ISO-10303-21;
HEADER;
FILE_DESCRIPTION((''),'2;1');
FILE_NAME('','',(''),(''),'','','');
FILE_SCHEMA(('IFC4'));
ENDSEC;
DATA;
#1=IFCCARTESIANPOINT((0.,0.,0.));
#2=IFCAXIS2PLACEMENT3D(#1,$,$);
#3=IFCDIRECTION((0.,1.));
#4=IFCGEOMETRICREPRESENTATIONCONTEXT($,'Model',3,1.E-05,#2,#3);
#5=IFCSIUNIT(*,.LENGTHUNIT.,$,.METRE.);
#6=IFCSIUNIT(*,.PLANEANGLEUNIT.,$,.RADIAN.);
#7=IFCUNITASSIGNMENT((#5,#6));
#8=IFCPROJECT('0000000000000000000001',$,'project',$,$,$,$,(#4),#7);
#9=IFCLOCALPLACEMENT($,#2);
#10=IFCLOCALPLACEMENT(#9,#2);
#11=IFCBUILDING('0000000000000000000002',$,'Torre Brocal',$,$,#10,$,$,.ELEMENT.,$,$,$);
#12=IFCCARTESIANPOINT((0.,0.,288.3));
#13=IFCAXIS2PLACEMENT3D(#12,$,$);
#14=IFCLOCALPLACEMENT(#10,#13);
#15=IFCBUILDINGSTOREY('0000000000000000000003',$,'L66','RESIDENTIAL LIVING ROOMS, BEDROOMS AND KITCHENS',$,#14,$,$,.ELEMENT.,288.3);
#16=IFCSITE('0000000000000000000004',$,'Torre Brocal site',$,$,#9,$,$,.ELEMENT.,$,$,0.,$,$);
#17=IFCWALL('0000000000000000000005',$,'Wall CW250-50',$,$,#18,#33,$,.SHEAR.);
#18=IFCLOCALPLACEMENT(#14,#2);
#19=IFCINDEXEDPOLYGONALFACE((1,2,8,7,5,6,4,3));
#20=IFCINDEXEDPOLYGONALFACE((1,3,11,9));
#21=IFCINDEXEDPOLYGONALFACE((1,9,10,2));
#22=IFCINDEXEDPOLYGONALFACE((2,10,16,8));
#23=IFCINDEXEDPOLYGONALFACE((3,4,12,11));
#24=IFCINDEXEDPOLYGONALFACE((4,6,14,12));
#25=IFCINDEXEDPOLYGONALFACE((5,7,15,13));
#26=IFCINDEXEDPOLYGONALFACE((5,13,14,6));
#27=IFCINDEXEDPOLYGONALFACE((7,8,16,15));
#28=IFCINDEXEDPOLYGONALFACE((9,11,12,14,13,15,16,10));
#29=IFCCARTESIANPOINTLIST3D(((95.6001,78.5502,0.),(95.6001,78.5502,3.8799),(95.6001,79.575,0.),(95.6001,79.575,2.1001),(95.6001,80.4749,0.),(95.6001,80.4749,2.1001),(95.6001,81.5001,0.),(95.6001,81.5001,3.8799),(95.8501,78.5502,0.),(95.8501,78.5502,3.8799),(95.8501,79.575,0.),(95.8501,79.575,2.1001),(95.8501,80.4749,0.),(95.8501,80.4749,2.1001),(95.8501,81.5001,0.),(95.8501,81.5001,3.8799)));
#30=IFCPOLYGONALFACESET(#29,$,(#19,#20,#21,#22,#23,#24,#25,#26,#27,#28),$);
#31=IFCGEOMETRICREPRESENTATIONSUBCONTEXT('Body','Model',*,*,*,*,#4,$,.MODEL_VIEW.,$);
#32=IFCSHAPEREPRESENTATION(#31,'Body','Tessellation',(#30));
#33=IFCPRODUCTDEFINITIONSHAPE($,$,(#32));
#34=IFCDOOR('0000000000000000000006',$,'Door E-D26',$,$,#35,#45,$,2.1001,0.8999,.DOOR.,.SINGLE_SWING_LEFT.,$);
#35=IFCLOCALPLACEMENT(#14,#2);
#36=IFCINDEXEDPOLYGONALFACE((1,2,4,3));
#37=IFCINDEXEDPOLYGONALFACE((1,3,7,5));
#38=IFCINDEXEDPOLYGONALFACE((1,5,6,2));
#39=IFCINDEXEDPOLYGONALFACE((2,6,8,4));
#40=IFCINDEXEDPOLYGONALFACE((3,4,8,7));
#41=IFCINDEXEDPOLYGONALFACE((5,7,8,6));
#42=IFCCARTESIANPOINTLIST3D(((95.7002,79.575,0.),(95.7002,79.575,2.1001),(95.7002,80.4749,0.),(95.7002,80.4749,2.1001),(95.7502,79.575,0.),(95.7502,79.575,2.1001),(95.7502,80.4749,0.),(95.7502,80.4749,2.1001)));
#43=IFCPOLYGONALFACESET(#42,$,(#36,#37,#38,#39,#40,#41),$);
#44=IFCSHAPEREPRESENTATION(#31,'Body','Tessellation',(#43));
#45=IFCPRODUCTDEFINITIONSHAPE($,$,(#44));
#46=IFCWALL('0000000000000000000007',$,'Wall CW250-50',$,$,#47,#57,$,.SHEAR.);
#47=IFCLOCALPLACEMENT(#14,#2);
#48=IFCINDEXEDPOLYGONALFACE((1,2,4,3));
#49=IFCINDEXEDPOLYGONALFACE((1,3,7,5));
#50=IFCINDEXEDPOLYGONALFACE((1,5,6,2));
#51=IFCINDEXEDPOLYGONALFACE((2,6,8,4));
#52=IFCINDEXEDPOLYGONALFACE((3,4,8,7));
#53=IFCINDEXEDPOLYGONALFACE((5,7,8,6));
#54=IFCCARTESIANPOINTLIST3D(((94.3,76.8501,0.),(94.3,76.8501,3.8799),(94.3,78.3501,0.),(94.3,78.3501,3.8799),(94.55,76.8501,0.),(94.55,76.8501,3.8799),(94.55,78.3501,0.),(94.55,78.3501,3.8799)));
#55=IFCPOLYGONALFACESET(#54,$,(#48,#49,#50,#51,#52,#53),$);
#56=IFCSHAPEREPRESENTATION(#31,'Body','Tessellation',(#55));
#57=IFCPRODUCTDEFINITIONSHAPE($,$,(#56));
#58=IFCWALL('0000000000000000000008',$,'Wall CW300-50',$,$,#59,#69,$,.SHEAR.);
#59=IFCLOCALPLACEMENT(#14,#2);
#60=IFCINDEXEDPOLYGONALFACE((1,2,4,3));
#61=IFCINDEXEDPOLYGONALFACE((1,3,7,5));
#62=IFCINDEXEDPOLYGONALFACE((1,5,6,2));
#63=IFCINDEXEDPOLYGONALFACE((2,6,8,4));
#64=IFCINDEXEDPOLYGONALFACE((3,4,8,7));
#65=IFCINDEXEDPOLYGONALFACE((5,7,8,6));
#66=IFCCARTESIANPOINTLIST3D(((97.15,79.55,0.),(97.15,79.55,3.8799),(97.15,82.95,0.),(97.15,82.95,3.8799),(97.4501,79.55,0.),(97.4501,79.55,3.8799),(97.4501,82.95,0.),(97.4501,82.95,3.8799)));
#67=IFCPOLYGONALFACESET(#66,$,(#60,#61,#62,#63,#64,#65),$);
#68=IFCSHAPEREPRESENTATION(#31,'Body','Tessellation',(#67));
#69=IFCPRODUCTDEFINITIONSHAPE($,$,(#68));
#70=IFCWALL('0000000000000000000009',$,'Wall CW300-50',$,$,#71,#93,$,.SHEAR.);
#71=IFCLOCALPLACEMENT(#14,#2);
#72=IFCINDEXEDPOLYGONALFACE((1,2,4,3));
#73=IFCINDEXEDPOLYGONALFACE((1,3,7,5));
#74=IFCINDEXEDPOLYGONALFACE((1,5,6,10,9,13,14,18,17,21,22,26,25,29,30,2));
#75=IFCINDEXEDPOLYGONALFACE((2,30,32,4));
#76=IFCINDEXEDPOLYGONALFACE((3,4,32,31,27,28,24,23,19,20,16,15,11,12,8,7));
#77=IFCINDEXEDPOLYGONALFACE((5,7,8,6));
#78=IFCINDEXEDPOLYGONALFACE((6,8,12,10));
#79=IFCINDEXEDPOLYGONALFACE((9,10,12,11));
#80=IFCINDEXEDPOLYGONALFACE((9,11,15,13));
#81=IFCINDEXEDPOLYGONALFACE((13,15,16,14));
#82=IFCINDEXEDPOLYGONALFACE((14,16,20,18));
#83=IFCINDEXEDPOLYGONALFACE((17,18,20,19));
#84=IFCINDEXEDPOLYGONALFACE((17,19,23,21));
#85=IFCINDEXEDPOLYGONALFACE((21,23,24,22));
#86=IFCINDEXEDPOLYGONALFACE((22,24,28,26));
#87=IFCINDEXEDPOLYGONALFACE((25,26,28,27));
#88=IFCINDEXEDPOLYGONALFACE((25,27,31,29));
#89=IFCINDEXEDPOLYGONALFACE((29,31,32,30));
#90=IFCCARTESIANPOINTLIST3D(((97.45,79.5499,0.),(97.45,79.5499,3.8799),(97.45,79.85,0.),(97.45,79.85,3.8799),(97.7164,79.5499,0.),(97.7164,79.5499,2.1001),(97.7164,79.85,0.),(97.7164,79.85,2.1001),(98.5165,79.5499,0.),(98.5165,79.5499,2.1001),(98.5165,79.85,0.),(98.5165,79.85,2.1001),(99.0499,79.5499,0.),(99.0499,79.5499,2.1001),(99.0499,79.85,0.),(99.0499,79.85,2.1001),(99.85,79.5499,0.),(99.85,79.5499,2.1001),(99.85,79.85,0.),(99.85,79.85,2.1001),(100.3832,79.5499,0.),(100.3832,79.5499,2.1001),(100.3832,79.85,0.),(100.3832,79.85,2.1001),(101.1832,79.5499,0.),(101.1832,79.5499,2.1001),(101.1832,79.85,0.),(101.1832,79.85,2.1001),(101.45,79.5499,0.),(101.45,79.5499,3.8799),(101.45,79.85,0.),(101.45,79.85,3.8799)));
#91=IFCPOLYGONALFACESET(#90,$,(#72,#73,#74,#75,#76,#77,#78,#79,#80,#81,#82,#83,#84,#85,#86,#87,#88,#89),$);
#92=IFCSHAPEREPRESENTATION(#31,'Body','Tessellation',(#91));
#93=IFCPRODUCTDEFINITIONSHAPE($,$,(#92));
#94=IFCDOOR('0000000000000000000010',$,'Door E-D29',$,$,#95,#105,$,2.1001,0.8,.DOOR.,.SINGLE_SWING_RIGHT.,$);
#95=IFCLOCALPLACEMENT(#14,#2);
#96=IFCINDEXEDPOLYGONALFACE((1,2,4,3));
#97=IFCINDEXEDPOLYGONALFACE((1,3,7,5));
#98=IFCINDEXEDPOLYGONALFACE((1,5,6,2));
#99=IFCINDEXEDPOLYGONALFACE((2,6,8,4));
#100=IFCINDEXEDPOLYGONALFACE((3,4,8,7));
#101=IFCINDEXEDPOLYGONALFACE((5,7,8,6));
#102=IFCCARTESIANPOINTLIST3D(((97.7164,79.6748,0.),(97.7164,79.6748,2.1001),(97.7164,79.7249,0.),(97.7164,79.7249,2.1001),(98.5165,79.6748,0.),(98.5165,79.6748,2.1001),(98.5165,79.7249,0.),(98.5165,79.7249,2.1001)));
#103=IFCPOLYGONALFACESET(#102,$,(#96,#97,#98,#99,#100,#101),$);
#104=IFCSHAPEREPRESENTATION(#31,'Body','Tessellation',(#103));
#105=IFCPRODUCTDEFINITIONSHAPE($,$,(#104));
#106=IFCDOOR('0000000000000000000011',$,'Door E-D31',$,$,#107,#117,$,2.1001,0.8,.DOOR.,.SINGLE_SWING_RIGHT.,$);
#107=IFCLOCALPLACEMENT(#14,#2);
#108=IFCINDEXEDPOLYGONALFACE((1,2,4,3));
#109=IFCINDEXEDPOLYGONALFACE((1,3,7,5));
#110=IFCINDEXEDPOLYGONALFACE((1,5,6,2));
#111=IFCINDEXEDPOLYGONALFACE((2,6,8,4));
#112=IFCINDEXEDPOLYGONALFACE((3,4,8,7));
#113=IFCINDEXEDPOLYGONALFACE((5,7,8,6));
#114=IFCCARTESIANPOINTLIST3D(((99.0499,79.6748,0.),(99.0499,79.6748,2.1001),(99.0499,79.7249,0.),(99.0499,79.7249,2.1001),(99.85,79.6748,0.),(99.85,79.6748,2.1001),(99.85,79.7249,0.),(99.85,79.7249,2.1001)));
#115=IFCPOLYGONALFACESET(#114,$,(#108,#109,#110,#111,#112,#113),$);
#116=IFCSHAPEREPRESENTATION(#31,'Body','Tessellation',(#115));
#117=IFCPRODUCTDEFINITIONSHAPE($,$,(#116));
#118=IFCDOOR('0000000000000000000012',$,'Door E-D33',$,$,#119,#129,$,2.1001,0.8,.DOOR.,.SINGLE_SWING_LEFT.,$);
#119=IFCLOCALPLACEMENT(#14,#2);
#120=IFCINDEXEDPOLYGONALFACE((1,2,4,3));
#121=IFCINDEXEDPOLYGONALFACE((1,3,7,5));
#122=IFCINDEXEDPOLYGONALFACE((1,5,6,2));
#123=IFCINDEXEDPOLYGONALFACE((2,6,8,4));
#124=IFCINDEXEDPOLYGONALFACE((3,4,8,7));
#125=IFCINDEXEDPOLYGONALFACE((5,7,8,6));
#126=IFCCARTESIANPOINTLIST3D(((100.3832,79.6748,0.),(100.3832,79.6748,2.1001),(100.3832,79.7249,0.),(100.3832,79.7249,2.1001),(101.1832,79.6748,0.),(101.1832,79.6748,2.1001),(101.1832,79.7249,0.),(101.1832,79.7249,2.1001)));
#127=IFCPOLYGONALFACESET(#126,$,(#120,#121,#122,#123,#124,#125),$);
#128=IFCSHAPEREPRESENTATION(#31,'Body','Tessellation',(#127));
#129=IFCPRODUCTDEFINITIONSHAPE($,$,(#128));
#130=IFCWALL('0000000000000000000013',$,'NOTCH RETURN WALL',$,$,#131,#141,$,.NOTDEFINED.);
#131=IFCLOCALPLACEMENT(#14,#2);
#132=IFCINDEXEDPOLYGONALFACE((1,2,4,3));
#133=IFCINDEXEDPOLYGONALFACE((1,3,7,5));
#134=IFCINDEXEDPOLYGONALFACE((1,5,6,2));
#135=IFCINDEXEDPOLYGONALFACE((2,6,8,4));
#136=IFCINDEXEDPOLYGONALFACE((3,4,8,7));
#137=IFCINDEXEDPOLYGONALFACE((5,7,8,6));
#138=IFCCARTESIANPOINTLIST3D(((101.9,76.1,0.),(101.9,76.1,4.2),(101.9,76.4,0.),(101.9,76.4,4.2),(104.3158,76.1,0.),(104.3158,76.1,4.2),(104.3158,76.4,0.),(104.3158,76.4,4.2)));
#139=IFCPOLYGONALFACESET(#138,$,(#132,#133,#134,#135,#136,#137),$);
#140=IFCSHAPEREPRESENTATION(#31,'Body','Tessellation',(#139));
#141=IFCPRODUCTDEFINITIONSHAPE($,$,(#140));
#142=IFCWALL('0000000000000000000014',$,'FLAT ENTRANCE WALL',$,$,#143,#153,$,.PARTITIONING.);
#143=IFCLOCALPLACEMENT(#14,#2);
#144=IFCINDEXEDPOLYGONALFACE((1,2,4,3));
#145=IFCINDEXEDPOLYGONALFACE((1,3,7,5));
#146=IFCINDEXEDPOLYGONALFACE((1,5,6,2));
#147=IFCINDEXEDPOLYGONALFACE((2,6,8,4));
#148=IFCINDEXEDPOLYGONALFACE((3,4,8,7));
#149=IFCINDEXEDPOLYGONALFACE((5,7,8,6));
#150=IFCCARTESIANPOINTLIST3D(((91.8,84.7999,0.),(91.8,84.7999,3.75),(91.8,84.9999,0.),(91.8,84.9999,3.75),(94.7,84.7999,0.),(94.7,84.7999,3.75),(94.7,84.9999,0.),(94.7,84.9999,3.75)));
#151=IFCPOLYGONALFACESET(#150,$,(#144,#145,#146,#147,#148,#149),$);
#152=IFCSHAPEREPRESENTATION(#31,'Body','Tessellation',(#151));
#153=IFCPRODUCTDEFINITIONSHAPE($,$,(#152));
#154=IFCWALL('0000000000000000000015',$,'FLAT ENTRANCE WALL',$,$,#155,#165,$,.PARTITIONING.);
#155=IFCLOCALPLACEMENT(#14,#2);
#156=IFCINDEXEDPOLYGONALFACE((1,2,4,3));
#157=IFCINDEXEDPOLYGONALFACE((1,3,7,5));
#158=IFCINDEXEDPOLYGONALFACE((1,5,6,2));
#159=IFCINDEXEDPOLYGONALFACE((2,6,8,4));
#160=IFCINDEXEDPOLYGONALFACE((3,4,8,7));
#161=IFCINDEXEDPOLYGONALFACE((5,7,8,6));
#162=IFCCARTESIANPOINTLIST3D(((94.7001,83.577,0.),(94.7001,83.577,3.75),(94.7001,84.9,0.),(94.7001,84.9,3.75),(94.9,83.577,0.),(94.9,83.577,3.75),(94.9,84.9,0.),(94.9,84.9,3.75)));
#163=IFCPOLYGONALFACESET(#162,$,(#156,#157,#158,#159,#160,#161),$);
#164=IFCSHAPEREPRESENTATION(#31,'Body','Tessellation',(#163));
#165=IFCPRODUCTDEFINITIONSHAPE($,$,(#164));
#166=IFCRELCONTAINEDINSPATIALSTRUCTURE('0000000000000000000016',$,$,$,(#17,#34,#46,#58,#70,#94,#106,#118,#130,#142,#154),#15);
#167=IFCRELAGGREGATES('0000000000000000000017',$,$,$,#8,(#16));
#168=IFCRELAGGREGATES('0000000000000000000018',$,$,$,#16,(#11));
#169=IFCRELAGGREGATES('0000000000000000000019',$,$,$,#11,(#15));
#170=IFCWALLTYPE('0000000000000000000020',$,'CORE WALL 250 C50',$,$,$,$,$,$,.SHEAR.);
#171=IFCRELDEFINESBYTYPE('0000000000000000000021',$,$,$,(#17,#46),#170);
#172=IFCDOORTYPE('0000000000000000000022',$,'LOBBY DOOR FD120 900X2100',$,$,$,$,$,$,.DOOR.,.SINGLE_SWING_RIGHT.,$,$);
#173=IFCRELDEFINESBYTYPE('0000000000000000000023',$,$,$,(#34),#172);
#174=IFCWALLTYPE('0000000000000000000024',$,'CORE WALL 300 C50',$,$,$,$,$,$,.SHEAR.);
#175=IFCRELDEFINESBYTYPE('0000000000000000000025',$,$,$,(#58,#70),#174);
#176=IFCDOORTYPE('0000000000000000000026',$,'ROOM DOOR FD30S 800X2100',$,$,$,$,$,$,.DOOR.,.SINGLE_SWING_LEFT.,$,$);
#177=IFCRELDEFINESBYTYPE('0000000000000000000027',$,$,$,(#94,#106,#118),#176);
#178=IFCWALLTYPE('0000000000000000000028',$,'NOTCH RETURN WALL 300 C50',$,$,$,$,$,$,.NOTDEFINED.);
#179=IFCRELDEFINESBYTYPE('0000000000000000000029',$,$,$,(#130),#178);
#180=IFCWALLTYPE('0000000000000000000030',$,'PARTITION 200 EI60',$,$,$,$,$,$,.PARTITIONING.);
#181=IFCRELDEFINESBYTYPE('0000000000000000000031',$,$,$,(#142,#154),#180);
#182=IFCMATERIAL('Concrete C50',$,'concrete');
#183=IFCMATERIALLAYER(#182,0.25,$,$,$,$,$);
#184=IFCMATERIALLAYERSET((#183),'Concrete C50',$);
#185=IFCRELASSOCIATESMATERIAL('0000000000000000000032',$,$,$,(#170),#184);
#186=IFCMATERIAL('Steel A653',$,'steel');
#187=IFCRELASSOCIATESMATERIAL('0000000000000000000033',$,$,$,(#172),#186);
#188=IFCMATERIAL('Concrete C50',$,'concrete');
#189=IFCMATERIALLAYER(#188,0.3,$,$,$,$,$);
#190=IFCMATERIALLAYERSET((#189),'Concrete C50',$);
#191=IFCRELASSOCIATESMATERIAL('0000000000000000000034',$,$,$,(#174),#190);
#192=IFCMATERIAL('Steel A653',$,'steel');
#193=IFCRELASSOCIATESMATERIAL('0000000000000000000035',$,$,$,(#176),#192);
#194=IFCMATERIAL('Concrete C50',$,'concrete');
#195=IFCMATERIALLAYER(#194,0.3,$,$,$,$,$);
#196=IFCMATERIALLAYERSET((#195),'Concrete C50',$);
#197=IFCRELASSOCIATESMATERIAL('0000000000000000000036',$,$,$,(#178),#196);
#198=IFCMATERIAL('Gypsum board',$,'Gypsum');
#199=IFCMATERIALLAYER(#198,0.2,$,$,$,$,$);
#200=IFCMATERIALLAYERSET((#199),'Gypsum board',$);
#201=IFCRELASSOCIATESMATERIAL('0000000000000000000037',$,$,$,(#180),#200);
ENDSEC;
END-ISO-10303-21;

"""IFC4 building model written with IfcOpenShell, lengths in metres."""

from ifc_helpers import new_model, si_unit, direction, frame, frame_2d, origin, place, context, subcontext, project, spatial, rectangle, extrude, material, layer, layer_set, type_object, element, fill, save


model = new_model("IFC4")

# Units and contexts
model_context = context("Model", 3, precision=1e-05, world=origin(), true_north=direction((0.0, 1.0)))
body_context = subcontext(model_context, "Body", "Model", "MODEL_VIEW")
ifc_project = project(units=[si_unit("LENGTHUNIT", "METRE"), si_unit("PLANEANGLEUNIT", "RADIAN")], contexts=[model_context])

# Site, building, storey
site_placement = place(None, origin())
site = spatial("IfcSite", under=ifc_project, at=site_placement, Name="Torre Brocal site", CompositionType="ELEMENT", RefElevation=0.0)
building_placement = place(site_placement, origin())
building = spatial("IfcBuilding", under=site, at=building_placement, Name="Torre Brocal", CompositionType="ELEMENT")
storey_placement = place(building_placement, frame((0.0, 0.0, 288.3)))
storey = spatial("IfcBuildingStorey", under=building, at=storey_placement, Name="L66", Description="RESIDENTIAL LIVING ROOMS, BEDROOMS AND KITCHENS", CompositionType="ELEMENT", Elevation=288.3)

# Wall, opening, door
ifc_material_1 = material(Name="Concrete C50", Category="concrete")
ifc_layer_1 = layer(ifc_material_1, 0.25)
ifc_layer_set_1 = layer_set([ifc_layer_1], Name="Concrete C50")
wall_type_1 = type_object("IfcWallType", Name="CORE WALL 250 C50", PredefinedType="SHEAR", material=ifc_layer_set_1)
wall_1_placement = place(storey_placement, frame((95.7251, 78.55, 0.0), z_axis=(0.0, 0.0, 1.0), x_axis=(0.0, 1.0, 0.0)))
wall_1 = element("IfcWall", 1, at=wall_1_placement, inside=storey, type_object=wall_type_1, Name="Wall CW250-50", PredefinedType="SHEAR", context=body_context, shape_type="SweptSolid", body=[
    extrude(rectangle(XDim=2.95, YDim=0.25, at=frame_2d((1.4751, 0.0))), origin(), (0.0, 0.0, 1.0), 3.8799),
])
opening_1_placement = place(wall_1_placement, frame((1.0249, 0.0, 0.0)))
opening_1 = element("IfcOpeningElement", 2, at=opening_1_placement, cuts=wall_1, PredefinedType="OPENING", context=body_context, shape_type="SweptSolid", body=[
    extrude(rectangle(XDim=0.8999, YDim=2.1001, at=frame_2d((0.45, 1.05))), frame((0.0, 0.135, 0.0), z_axis=(0.0, -1.0, 0.0), x_axis=(1.0, 0.0, 0.0)), (0.0, 0.0, 1.0), 0.27),
])
ifc_material_2 = material(Name="Steel A653", Category="steel")
door_type_1 = type_object("IfcDoorType", Name="LOBBY DOOR FD120 900X2100", OperationType="SINGLE_SWING_RIGHT", PredefinedType="DOOR", material=ifc_material_2)
door_1_placement = place(opening_1_placement, origin())
door_1 = element("IfcDoor", 3, at=door_1_placement, inside=storey, type_object=door_type_1, Name="Door E-D26", OperationType="SINGLE_SWING_LEFT", OverallHeight=2.1001, OverallWidth=0.8999, PredefinedType="DOOR", context=body_context, shape_type="SweptSolid", body=[
    extrude(rectangle(XDim=0.8999, YDim=2.1001, at=frame_2d((0.45, 1.05))), frame((0.0, 0.0249, 0.0), z_axis=(0.0, -1.0, 0.0), x_axis=(1.0, 0.0, 0.0)), (0.0, 0.0, 1.0), 0.05),
])
fill(opening_1, door_1)

# Walls
wall_2_placement = place(storey_placement, frame((94.425, 76.8501, 0.0), z_axis=(0.0, 0.0, 1.0), x_axis=(0.0, 1.0, 0.0)))
element("IfcWall", 4, at=wall_2_placement, inside=storey, type_object=wall_type_1, Name="Wall CW250-50", PredefinedType="SHEAR", context=body_context, shape_type="SweptSolid", body=[
    extrude(rectangle(XDim=1.5, YDim=0.25, at=frame_2d((0.75, 0.0))), origin(), (0.0, 0.0, 1.0), 3.8799),
])
ifc_material_3 = material(Name="Concrete C50", Category="concrete")
ifc_layer_2 = layer(ifc_material_3, 0.3)
ifc_layer_set_2 = layer_set([ifc_layer_2], Name="Concrete C50")
wall_type_2 = type_object("IfcWallType", Name="CORE WALL 300 C50", PredefinedType="SHEAR", material=ifc_layer_set_2)
wall_3_placement = place(storey_placement, frame((97.3, 79.55, 0.0), z_axis=(0.0, 0.0, 1.0), x_axis=(0.0, 1.0, 0.0)))
element("IfcWall", 5, at=wall_3_placement, inside=storey, type_object=wall_type_2, Name="Wall CW300-50", PredefinedType="SHEAR", context=body_context, shape_type="SweptSolid", body=[
    extrude(rectangle(XDim=3.3999, YDim=0.3, at=frame_2d((1.7, 0.0))), origin(), (0.0, 0.0, 1.0), 3.8799),
])

# Wall, openings, doors
wall_4_placement = place(storey_placement, frame((97.45, 79.7, 0.0), z_axis=(0.0, 0.0, 1.0), x_axis=(1.0, 0.0, 0.0)))
wall_4 = element("IfcWall", 6, at=wall_4_placement, inside=storey, type_object=wall_type_2, Name="Wall CW300-50", PredefinedType="SHEAR", context=body_context, shape_type="SweptSolid", body=[
    extrude(rectangle(XDim=4.0, YDim=0.3, at=frame_2d((2.0, 0.0))), origin(), (0.0, 0.0, 1.0), 3.8799),
])
opening_2_placement = place(wall_4_placement, frame((0.2666, 0.0, 0.0)))
opening_2 = element("IfcOpeningElement", 7, at=opening_2_placement, cuts=wall_4, PredefinedType="OPENING", context=body_context, shape_type="SweptSolid", body=[
    extrude(rectangle(XDim=0.8, YDim=2.1001, at=frame_2d((0.3999, 1.05))), frame((0.0, 0.1599, 0.0), z_axis=(0.0, -1.0, 0.0), x_axis=(1.0, 0.0, 0.0)), (0.0, 0.0, 1.0), 0.3201),
])
opening_3_placement = place(wall_4_placement, frame((1.6001, 0.0, 0.0)))
opening_3 = element("IfcOpeningElement", 8, at=opening_3_placement, cuts=wall_4, PredefinedType="OPENING", context=body_context, shape_type="SweptSolid", body=[
    extrude(rectangle(XDim=0.8, YDim=2.1001, at=frame_2d((0.3999, 1.05))), frame((0.0, 0.1599, 0.0), z_axis=(0.0, -1.0, 0.0), x_axis=(1.0, 0.0, 0.0)), (0.0, 0.0, 1.0), 0.3201),
])
opening_4_placement = place(wall_4_placement, frame((2.9333, 0.0, 0.0)))
opening_4 = element("IfcOpeningElement", 9, at=opening_4_placement, cuts=wall_4, PredefinedType="OPENING", context=body_context, shape_type="SweptSolid", body=[
    extrude(rectangle(XDim=0.8, YDim=2.1001, at=frame_2d((0.3999, 1.05))), frame((0.0, 0.1599, 0.0), z_axis=(0.0, -1.0, 0.0), x_axis=(1.0, 0.0, 0.0)), (0.0, 0.0, 1.0), 0.3201),
])
ifc_material_4 = material(Name="Steel A653", Category="steel")
door_type_2 = type_object("IfcDoorType", Name="ROOM DOOR FD30S 800X2100", OperationType="SINGLE_SWING_LEFT", PredefinedType="DOOR", material=ifc_material_4)
door_2_placement = place(opening_2_placement, origin())
door_2 = element("IfcDoor", 10, at=door_2_placement, inside=storey, type_object=door_type_2, Name="Door E-D29", OperationType="SINGLE_SWING_RIGHT", OverallHeight=2.1001, OverallWidth=0.8, PredefinedType="DOOR", context=body_context, shape_type="SweptSolid", body=[
    extrude(rectangle(XDim=0.8, YDim=2.1001, at=frame_2d((0.3999, 1.05))), frame((0.0, 0.0249, 0.0), z_axis=(0.0, -1.0, 0.0), x_axis=(1.0, 0.0, 0.0)), (0.0, 0.0, 1.0), 0.05),
])
fill(opening_2, door_2)
door_3_placement = place(opening_3_placement, origin())
door_3 = element("IfcDoor", 11, at=door_3_placement, inside=storey, type_object=door_type_2, Name="Door E-D31", OperationType="SINGLE_SWING_RIGHT", OverallHeight=2.1001, OverallWidth=0.8, PredefinedType="DOOR", context=body_context, shape_type="SweptSolid", body=[
    extrude(rectangle(XDim=0.8, YDim=2.1001, at=frame_2d((0.3999, 1.05))), frame((0.0, 0.0249, 0.0), z_axis=(0.0, -1.0, 0.0), x_axis=(1.0, 0.0, 0.0)), (0.0, 0.0, 1.0), 0.05),
])
fill(opening_3, door_3)
door_4_placement = place(opening_4_placement, origin())
door_4 = element("IfcDoor", 12, at=door_4_placement, inside=storey, type_object=door_type_2, Name="Door E-D33", OperationType="SINGLE_SWING_LEFT", OverallHeight=2.1001, OverallWidth=0.8, PredefinedType="DOOR", context=body_context, shape_type="SweptSolid", body=[
    extrude(rectangle(XDim=0.8, YDim=2.1001, at=frame_2d((0.3999, 1.05))), frame((0.0, 0.0249, 0.0), z_axis=(0.0, -1.0, 0.0), x_axis=(1.0, 0.0, 0.0)), (0.0, 0.0, 1.0), 0.05),
])
fill(opening_4, door_4)

# Walls
ifc_material_5 = material(Name="Concrete C50", Category="concrete")
ifc_layer_3 = layer(ifc_material_5, 0.3)
ifc_layer_set_3 = layer_set([ifc_layer_3], Name="Concrete C50")
wall_type_3 = type_object("IfcWallType", Name="NOTCH RETURN WALL 300 C50", PredefinedType="NOTDEFINED", material=ifc_layer_set_3)
wall_5_placement = place(storey_placement, frame((101.8999, 76.25, 0.0), z_axis=(0.0, 0.0, 1.0), x_axis=(1.0, 0.0, 0.0)))
element("IfcWall", 13, at=wall_5_placement, inside=storey, type_object=wall_type_3, Name="NOTCH RETURN WALL", PredefinedType="NOTDEFINED", context=body_context, shape_type="SweptSolid", body=[
    extrude(rectangle(XDim=2.4158, YDim=0.3, at=frame_2d((1.208, 0.0))), origin(), (0.0, 0.0, 1.0), 4.2),
])
ifc_material_6 = material(Name="Gypsum board", Category="Gypsum")
ifc_layer_4 = layer(ifc_material_6, 0.2)
ifc_layer_set_4 = layer_set([ifc_layer_4], Name="Gypsum board")
wall_type_4 = type_object("IfcWallType", Name="PARTITION 200 EI60", PredefinedType="PARTITIONING", material=ifc_layer_set_4)
wall_6_placement = place(storey_placement, frame((91.8, 84.8999, 0.0), z_axis=(0.0, 0.0, 1.0), x_axis=(1.0, 0.0, 0.0)))
element("IfcWall", 14, at=wall_6_placement, inside=storey, type_object=wall_type_4, Name="FLAT ENTRANCE WALL", PredefinedType="PARTITIONING", context=body_context, shape_type="SweptSolid", body=[
    extrude(rectangle(XDim=2.8999, YDim=0.2, at=frame_2d((1.45, 0.0))), origin(), (0.0, 0.0, 1.0), 3.75),
])
wall_7_placement = place(storey_placement, frame((94.8, 83.5769, 0.0), z_axis=(0.0, 0.0, 1.0), x_axis=(0.0, 1.0, 0.0)))
element("IfcWall", 15, at=wall_7_placement, inside=storey, type_object=wall_type_4, Name="FLAT ENTRANCE WALL", PredefinedType="PARTITIONING", context=body_context, shape_type="SweptSolid", body=[
    extrude(rectangle(XDim=1.323, YDim=0.2, at=frame_2d((0.6616, 0.0))), origin(), (0.0, 0.0, 1.0), 3.75),
])

save(model, "model.ifc")
